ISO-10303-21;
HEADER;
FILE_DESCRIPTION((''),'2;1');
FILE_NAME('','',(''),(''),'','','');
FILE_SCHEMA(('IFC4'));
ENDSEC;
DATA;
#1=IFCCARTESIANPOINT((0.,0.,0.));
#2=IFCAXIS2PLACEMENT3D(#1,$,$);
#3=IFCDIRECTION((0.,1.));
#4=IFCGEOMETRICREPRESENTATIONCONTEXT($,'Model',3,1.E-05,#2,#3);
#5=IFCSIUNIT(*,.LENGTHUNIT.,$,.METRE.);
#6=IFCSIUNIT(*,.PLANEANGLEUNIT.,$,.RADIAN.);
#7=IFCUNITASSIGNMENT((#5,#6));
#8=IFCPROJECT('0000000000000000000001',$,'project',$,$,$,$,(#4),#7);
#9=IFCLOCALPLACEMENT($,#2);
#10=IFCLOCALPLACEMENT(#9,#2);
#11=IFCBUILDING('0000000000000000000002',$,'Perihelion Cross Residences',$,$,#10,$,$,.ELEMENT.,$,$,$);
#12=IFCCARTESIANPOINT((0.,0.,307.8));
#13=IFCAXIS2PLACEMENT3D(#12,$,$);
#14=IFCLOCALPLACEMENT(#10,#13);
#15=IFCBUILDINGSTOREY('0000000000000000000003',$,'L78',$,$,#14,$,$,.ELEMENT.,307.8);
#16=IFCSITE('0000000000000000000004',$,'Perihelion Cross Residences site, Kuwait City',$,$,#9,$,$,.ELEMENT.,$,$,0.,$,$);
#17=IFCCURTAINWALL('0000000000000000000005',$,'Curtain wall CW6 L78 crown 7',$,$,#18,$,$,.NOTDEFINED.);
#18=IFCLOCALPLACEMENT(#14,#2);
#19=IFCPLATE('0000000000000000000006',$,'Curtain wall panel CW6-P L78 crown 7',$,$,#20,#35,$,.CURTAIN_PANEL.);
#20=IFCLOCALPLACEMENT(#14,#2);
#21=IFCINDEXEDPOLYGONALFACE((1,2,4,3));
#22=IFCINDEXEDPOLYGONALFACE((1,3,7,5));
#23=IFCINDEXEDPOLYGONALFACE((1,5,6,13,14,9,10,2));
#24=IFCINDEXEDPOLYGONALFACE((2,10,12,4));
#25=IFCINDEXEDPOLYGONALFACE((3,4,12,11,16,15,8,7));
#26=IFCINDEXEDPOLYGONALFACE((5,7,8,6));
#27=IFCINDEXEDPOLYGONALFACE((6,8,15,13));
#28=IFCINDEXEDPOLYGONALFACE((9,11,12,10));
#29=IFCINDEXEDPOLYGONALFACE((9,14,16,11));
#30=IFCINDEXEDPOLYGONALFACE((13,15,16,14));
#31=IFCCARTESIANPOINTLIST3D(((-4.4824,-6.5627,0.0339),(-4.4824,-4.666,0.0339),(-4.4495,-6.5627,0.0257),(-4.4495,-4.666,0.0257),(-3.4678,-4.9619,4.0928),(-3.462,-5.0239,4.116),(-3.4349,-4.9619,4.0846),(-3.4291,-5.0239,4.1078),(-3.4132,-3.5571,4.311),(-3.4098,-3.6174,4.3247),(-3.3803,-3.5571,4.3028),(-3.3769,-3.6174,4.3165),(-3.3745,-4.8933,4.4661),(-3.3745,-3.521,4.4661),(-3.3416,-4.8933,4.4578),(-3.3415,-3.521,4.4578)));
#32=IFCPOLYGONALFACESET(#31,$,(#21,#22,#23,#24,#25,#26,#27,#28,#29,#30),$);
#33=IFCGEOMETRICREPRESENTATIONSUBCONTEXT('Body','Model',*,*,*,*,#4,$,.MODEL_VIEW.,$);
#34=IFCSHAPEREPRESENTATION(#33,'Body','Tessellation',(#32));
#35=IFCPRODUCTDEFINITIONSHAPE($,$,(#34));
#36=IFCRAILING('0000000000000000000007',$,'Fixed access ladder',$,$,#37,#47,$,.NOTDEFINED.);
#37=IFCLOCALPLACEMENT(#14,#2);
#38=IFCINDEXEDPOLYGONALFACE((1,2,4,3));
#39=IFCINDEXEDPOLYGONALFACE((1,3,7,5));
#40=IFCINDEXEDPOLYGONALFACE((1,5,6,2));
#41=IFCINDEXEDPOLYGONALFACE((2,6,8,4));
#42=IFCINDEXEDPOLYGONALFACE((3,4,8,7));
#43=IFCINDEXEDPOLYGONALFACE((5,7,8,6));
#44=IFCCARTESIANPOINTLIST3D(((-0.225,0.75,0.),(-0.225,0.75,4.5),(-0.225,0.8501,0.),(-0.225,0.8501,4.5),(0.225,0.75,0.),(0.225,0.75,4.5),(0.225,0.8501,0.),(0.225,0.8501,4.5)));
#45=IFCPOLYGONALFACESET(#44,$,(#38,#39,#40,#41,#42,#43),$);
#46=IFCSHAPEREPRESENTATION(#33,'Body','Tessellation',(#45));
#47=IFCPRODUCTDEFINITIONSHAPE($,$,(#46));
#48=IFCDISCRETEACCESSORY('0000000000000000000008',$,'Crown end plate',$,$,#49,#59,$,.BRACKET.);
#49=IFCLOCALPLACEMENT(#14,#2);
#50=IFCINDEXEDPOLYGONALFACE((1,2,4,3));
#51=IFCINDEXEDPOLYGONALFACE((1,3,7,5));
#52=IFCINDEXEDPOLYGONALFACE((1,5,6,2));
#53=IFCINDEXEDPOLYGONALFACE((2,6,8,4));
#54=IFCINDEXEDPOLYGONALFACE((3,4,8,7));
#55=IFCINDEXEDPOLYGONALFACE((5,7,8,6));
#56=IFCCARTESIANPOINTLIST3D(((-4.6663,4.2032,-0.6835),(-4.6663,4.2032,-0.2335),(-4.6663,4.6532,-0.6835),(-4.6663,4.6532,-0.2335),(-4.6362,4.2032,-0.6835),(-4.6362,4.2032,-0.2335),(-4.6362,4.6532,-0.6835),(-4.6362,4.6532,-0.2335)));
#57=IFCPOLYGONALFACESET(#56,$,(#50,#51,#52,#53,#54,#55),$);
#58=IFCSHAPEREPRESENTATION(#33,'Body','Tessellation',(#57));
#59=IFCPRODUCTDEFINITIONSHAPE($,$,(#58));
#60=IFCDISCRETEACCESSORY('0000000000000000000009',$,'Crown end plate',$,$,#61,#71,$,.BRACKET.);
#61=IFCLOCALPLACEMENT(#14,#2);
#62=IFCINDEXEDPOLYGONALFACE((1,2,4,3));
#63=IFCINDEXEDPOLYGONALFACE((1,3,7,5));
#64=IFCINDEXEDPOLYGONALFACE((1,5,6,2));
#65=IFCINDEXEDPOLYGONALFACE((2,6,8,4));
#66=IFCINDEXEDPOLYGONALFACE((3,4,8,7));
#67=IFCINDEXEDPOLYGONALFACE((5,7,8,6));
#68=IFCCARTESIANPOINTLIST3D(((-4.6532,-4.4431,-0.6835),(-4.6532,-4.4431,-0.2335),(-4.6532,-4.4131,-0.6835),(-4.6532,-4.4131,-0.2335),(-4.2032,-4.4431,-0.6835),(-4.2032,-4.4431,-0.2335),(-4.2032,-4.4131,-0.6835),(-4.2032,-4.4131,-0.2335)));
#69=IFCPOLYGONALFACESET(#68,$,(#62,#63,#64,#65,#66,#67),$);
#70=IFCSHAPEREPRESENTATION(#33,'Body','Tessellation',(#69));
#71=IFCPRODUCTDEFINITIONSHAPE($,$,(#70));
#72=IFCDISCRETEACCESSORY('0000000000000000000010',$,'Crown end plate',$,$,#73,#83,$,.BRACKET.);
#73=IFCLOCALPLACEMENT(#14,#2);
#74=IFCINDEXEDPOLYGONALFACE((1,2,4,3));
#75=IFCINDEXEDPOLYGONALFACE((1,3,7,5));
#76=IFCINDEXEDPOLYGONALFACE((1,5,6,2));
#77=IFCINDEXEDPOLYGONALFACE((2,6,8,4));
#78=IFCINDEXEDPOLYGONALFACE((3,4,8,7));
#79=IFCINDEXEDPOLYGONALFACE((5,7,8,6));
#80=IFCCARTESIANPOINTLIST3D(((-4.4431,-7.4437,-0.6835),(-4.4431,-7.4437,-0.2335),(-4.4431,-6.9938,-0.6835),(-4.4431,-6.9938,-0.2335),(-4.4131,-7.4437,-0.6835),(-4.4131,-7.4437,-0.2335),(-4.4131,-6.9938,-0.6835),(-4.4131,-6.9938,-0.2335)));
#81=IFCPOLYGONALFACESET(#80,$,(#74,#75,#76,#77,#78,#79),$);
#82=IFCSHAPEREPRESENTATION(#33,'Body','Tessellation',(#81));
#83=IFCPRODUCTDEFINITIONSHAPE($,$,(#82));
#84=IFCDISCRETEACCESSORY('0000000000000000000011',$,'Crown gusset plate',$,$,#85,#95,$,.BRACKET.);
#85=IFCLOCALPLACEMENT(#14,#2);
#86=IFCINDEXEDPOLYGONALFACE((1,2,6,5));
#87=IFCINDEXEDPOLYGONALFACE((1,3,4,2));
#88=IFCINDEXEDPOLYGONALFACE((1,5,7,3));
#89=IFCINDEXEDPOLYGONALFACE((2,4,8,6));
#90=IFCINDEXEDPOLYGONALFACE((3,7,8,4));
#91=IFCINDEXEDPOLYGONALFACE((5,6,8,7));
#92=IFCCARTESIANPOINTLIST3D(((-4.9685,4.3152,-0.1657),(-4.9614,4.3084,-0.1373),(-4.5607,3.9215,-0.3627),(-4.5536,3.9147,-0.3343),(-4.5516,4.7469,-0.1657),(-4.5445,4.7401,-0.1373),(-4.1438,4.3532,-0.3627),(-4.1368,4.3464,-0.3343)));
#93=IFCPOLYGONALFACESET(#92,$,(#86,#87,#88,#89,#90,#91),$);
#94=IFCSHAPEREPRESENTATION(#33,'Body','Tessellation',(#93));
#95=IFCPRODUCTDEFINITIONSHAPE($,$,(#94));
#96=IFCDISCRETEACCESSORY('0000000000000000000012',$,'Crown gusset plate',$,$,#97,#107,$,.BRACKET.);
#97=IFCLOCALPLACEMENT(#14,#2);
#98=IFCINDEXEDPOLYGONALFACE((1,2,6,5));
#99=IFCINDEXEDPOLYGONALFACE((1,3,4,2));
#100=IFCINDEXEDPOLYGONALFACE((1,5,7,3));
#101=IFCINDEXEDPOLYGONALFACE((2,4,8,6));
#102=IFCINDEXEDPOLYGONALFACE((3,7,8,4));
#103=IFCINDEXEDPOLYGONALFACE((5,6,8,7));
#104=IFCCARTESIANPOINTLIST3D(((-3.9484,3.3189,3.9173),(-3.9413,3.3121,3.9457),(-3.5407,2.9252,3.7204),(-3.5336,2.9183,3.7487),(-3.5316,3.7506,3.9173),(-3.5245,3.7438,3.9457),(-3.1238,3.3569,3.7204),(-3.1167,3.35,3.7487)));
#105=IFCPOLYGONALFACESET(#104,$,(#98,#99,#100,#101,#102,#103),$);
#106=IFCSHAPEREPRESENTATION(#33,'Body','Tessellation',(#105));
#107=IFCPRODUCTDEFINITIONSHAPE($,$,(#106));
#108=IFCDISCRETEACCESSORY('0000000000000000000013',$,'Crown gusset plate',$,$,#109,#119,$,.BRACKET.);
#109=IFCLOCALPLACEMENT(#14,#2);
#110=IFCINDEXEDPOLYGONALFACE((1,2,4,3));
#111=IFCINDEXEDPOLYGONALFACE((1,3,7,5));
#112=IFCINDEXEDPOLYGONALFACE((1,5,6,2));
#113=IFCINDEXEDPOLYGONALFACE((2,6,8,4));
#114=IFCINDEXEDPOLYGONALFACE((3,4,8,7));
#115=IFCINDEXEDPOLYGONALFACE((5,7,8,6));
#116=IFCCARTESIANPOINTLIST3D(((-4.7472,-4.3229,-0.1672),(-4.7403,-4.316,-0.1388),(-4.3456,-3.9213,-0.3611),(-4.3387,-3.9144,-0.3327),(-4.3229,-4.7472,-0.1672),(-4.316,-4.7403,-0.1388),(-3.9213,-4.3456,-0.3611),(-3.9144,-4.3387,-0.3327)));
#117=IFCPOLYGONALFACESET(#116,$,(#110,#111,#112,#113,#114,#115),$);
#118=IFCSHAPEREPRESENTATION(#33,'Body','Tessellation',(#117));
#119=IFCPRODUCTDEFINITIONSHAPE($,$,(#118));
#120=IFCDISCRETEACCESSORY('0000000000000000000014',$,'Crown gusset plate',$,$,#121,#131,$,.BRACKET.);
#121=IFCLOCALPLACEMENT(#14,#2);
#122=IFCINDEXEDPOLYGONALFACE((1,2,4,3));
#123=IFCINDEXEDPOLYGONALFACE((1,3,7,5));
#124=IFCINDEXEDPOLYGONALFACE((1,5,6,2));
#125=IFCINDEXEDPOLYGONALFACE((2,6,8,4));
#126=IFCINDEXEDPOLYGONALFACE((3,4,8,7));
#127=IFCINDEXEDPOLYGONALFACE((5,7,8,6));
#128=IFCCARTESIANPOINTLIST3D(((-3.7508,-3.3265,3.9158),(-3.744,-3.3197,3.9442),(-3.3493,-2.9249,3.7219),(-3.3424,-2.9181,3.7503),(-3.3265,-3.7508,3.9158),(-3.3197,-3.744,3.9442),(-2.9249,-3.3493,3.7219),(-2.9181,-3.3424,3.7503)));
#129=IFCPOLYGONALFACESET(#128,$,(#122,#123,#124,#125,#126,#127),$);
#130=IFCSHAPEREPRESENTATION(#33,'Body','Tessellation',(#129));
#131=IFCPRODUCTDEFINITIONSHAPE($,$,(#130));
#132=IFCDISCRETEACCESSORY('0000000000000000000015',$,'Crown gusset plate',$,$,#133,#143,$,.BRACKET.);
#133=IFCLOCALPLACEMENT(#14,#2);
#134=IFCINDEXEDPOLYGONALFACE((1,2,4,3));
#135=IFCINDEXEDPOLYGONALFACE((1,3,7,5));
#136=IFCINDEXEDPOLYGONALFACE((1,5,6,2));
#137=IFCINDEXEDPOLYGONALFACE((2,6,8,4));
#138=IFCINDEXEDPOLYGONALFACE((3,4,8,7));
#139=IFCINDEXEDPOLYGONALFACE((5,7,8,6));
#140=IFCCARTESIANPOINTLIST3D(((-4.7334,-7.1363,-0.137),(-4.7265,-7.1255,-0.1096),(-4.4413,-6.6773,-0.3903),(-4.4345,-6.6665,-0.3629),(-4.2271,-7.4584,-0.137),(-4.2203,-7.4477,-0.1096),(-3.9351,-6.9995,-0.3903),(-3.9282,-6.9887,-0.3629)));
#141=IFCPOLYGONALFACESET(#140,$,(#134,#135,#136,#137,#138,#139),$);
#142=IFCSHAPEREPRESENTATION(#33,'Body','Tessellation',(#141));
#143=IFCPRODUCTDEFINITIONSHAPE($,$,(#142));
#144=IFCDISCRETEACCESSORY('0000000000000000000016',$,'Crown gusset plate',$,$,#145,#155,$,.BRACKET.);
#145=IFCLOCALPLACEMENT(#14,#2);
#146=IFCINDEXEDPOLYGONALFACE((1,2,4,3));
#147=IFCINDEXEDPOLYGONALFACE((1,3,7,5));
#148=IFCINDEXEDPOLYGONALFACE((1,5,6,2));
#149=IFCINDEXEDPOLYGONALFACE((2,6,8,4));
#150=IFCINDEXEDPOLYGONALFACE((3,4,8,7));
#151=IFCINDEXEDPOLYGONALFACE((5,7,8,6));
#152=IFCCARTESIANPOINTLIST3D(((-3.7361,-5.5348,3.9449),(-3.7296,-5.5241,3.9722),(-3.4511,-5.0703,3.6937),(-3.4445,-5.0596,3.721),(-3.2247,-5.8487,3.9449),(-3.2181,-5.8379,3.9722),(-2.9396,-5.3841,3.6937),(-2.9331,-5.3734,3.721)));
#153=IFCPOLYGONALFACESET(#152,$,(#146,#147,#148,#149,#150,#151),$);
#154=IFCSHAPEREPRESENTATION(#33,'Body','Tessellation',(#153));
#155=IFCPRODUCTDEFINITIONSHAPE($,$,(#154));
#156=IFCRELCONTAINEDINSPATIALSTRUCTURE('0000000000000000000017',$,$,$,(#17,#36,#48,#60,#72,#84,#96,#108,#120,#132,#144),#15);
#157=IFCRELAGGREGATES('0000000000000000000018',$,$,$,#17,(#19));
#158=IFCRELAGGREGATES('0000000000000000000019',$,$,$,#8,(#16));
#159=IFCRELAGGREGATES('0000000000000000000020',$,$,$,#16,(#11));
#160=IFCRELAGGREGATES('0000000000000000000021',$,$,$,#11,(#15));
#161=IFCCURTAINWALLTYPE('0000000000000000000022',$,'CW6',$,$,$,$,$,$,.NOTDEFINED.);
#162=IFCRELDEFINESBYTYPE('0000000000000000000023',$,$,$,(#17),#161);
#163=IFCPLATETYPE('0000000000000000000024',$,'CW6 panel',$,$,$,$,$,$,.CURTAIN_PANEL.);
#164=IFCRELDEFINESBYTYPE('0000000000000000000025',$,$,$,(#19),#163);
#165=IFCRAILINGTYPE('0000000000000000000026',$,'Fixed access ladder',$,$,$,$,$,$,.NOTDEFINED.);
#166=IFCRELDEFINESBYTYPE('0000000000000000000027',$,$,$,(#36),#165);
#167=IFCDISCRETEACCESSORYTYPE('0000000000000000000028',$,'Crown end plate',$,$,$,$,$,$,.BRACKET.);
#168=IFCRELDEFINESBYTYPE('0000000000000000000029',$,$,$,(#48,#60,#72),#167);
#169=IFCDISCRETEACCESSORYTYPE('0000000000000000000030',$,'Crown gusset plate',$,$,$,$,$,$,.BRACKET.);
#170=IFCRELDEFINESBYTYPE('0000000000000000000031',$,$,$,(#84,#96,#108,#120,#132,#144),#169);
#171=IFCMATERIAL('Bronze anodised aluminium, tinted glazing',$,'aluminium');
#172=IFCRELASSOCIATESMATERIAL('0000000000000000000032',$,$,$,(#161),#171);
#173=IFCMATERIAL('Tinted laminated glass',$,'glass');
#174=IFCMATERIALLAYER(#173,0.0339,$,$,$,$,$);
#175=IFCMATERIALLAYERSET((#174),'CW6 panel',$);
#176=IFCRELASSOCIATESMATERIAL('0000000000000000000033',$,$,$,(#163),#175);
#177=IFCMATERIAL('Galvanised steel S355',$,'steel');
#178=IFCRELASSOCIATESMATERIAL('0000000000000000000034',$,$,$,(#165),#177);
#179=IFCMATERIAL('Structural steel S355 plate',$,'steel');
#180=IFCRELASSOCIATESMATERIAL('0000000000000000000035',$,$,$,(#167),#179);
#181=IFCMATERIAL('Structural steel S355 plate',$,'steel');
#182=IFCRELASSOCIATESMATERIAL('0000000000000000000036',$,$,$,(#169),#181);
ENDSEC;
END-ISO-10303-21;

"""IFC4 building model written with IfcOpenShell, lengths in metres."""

from ifc_helpers import new_model, si_unit, direction, frame, origin, origin_2d, place, context, subcontext, project, spatial, polyline, rectangle, outline, extrude, material, layer, layer_set, material_profile, profile_set, type_object, element, aggregate, save


model = new_model("IFC4")

# Units and contexts
model_context = context("Model", 3, precision=1e-05, world=origin(), true_north=direction((0.0, 1.0)))
body_context = subcontext(model_context, "Body", "Model", "MODEL_VIEW")
ifc_project = project(units=[si_unit("LENGTHUNIT", "METRE"), si_unit("PLANEANGLEUNIT", "RADIAN")], contexts=[model_context])

# Site, building, storey
site_placement = place(None, origin())
site = spatial("IfcSite", under=ifc_project, at=site_placement, Name="Perihelion Cross Residences site, Kuwait City", CompositionType="ELEMENT", RefElevation=0.0)
building_placement = place(site_placement, origin())
building = spatial("IfcBuilding", under=site, at=building_placement, Name="Perihelion Cross Residences", CompositionType="ELEMENT")
storey_placement = place(building_placement, frame((0.0, 0.0, 307.8)))
storey = spatial("IfcBuildingStorey", under=building, at=storey_placement, Name="L78", CompositionType="ELEMENT", Elevation=307.8)

# Curtain wall
ifc_material_1 = material(Name="Bronze anodised aluminium, tinted glazing", Category="aluminium")
curtain_wall_type = type_object("IfcCurtainWallType", Name="CW6", PredefinedType="NOTDEFINED", material=ifc_material_1)
curtain_wall_1_placement = place(storey_placement, origin())
curtain_wall_1 = element("IfcCurtainWall", 1, at=curtain_wall_1_placement, inside=storey, type_object=curtain_wall_type, Name="Curtain wall CW6 L78 crown 7", PredefinedType="NOTDEFINED")

# Shared definitions
ifc_material_2 = material(Name="Tinted laminated glass", Category="glass")
ifc_layer = layer(ifc_material_2, 0.0339)
ifc_layer_set = layer_set([ifc_layer], Name="CW6 panel")
plate_type = type_object("IfcPlateType", Name="CW6 panel", PredefinedType="CURTAIN_PANEL", material=ifc_layer_set)

# Plate
plate_1_placement = place(storey_placement, frame((-3.3745, -4.8933, 4.4661), z_axis=(-0.970151, 0.000035, 0.242503), x_axis=(-0.228036, -0.340361, -0.912225)))
plate_1 = element("IfcPlate", 2, at=plate_1_placement, type_object=plate_type, Name="Curtain wall panel CW6-P L78 crown 7", PredefinedType="CURTAIN_PANEL", context=body_context, shape_type="SweptSolid", body=[
    extrude(outline(polyline([(0.0, 0.0), (0.3838, 0.0), (0.3851, -0.0665), (4.864, 0.0148), (4.2184, -1.7687), (-0.2973, -1.2493), (-0.3045, -1.3108), (-0.4671, -1.2904), (0.0, 0.0)])), origin(), (0.0, 0.0, -1.0), 0.0339),
])
aggregate(curtain_wall_1, [plate_1])

# Railing
ifc_material_3 = material(Name="Galvanised steel S355", Category="steel")
railing_type = type_object("IfcRailingType", Name="Fixed access ladder", PredefinedType="NOTDEFINED", material=ifc_material_3)
railing_placement = place(storey_placement, frame((0.0, 0.8, 0.0), z_axis=(0.0, 0.0, 1.0), x_axis=(1.0, 0.0, 0.0)))
element("IfcRailing", 3, at=railing_placement, inside=storey, type_object=railing_type, Name="Fixed access ladder", PredefinedType="NOTDEFINED", context=body_context, shape_type="SweptSolid", body=[
    extrude(rectangle(XDim=0.45, YDim=0.1001, at=origin_2d()), origin(), (0.0, 0.0, 1.0), 4.5),
])

# Discrete accessories
ifc_material_4 = material(Name="Structural steel S355 plate", Category="steel")
ifc_material_profile_1 = material_profile(ifc_material_4, rectangle(XDim=0.45, YDim=0.45, at=origin_2d()), Name="Crown end plate")
ifc_profile_set_1 = profile_set([ifc_material_profile_1], Name="Structural steel S355 plate")
discrete_accessory_type_1 = type_object("IfcDiscreteAccessoryType", Name="Crown end plate", PredefinedType="BRACKET", material=ifc_profile_set_1)
for number, where, z_axis, x_axis, name in (
    (4, (-4.6362, 4.4282, -0.4585), (-1.0, 0.0, 0.0), (0.0, -1.0, 0.0), "Crown end plate"),
    (5, (-4.4282, -4.4131, -0.4585), (0.0, -1.0, 0.0), (1.0, 0.0, 0.0), "Crown end plate"),
    (6, (-4.4431, -7.2188, -0.4585), (1.0, 0.0, 0.0), (0.0, 1.0, 0.0), "Crown end plate"),
):
    element("IfcDiscreteAccessory", number, at=place(storey_placement, frame(where, z_axis=z_axis, x_axis=x_axis)), inside=storey, type_object=discrete_accessory_type_1, Name=name, PredefinedType="BRACKET", context=body_context, shape_type="SweptSolid", body=[
        extrude(rectangle(XDim=0.45, YDim=0.45, at=origin_2d()), origin(), (0.0, 0.0, 1.0), 0.03),
    ])
ifc_material_5 = material(Name="Structural steel S355 plate", Category="steel")
ifc_material_profile_2 = material_profile(ifc_material_5, rectangle(XDim=0.6001, YDim=0.6001, at=origin_2d()), Name="Crown gusset plate")
ifc_profile_set_2 = profile_set([ifc_material_profile_2], Name="Structural steel S355 plate")
discrete_accessory_type_2 = type_object("IfcDiscreteAccessoryType", Name="Crown gusset plate", PredefinedType="BRACKET", material=ifc_profile_set_2)
for number, where, z_axis, x_axis, name in (
    (7, (-4.5562, 4.3342, -0.2642), (0.236147, -0.228004, 0.944589), (0.694595, 0.719401, 0.0), "Crown gusset plate"),
    (8, (-3.5361, 3.3379, 3.8188), (0.236147, -0.228004, 0.944589), (0.694595, 0.719401, 0.0), "Crown gusset plate"),
    (9, (-4.3342, -4.3342, -0.2642), (0.228436, 0.228436, 0.946379), (-0.707107, 0.707107, 0.0), "Crown gusset plate"),
    (10, (-3.3379, -3.3379, 3.8188), (0.228436, 0.228436, 0.946379), (-0.707107, 0.707107, 0.0), "Crown gusset plate"),
):
    element("IfcDiscreteAccessory", number, at=place(storey_placement, frame(where, z_axis=z_axis, x_axis=x_axis)), inside=storey, type_object=discrete_accessory_type_2, Name=name, PredefinedType="BRACKET", context=body_context, shape_type="SweptSolid", body=[
        extrude(rectangle(XDim=0.6001, YDim=0.6001, at=origin_2d()), origin(), (0.0, 0.0, 1.0), 0.03),
    ])
discrete_accessory_1_placement = place(storey_placement, frame((-4.3342, -7.0679, -0.2637), z_axis=(0.226633, 0.356138, 0.906533), x_axis=(-0.843661, 0.536875, 0.0)))
element("IfcDiscreteAccessory", 11, at=discrete_accessory_1_placement, inside=storey, type_object=discrete_accessory_type_2, Name="Crown gusset plate", PredefinedType="BRACKET", context=body_context, shape_type="SweptSolid", body=[
    extrude(rectangle(XDim=0.6001, YDim=0.6001, at=origin_2d()), origin(), (0.0, 0.0, 1.0), 0.0303),
])
discrete_accessory_2_placement = place(storey_placement, frame((-3.3379, -5.4595, 3.8193), z_axis=(0.218934, 0.356782, 0.908171), x_axis=(-0.852323, 0.523016, 0.0)))
element("IfcDiscreteAccessory", 12, at=discrete_accessory_2_placement, inside=storey, type_object=discrete_accessory_type_2, Name="Crown gusset plate", PredefinedType="BRACKET", context=body_context, shape_type="SweptSolid", body=[
    extrude(rectangle(XDim=0.6001, YDim=0.6001, at=origin_2d()), origin(), (0.0, 0.0, 1.0), 0.03),
])

save(model, "model.ifc")
